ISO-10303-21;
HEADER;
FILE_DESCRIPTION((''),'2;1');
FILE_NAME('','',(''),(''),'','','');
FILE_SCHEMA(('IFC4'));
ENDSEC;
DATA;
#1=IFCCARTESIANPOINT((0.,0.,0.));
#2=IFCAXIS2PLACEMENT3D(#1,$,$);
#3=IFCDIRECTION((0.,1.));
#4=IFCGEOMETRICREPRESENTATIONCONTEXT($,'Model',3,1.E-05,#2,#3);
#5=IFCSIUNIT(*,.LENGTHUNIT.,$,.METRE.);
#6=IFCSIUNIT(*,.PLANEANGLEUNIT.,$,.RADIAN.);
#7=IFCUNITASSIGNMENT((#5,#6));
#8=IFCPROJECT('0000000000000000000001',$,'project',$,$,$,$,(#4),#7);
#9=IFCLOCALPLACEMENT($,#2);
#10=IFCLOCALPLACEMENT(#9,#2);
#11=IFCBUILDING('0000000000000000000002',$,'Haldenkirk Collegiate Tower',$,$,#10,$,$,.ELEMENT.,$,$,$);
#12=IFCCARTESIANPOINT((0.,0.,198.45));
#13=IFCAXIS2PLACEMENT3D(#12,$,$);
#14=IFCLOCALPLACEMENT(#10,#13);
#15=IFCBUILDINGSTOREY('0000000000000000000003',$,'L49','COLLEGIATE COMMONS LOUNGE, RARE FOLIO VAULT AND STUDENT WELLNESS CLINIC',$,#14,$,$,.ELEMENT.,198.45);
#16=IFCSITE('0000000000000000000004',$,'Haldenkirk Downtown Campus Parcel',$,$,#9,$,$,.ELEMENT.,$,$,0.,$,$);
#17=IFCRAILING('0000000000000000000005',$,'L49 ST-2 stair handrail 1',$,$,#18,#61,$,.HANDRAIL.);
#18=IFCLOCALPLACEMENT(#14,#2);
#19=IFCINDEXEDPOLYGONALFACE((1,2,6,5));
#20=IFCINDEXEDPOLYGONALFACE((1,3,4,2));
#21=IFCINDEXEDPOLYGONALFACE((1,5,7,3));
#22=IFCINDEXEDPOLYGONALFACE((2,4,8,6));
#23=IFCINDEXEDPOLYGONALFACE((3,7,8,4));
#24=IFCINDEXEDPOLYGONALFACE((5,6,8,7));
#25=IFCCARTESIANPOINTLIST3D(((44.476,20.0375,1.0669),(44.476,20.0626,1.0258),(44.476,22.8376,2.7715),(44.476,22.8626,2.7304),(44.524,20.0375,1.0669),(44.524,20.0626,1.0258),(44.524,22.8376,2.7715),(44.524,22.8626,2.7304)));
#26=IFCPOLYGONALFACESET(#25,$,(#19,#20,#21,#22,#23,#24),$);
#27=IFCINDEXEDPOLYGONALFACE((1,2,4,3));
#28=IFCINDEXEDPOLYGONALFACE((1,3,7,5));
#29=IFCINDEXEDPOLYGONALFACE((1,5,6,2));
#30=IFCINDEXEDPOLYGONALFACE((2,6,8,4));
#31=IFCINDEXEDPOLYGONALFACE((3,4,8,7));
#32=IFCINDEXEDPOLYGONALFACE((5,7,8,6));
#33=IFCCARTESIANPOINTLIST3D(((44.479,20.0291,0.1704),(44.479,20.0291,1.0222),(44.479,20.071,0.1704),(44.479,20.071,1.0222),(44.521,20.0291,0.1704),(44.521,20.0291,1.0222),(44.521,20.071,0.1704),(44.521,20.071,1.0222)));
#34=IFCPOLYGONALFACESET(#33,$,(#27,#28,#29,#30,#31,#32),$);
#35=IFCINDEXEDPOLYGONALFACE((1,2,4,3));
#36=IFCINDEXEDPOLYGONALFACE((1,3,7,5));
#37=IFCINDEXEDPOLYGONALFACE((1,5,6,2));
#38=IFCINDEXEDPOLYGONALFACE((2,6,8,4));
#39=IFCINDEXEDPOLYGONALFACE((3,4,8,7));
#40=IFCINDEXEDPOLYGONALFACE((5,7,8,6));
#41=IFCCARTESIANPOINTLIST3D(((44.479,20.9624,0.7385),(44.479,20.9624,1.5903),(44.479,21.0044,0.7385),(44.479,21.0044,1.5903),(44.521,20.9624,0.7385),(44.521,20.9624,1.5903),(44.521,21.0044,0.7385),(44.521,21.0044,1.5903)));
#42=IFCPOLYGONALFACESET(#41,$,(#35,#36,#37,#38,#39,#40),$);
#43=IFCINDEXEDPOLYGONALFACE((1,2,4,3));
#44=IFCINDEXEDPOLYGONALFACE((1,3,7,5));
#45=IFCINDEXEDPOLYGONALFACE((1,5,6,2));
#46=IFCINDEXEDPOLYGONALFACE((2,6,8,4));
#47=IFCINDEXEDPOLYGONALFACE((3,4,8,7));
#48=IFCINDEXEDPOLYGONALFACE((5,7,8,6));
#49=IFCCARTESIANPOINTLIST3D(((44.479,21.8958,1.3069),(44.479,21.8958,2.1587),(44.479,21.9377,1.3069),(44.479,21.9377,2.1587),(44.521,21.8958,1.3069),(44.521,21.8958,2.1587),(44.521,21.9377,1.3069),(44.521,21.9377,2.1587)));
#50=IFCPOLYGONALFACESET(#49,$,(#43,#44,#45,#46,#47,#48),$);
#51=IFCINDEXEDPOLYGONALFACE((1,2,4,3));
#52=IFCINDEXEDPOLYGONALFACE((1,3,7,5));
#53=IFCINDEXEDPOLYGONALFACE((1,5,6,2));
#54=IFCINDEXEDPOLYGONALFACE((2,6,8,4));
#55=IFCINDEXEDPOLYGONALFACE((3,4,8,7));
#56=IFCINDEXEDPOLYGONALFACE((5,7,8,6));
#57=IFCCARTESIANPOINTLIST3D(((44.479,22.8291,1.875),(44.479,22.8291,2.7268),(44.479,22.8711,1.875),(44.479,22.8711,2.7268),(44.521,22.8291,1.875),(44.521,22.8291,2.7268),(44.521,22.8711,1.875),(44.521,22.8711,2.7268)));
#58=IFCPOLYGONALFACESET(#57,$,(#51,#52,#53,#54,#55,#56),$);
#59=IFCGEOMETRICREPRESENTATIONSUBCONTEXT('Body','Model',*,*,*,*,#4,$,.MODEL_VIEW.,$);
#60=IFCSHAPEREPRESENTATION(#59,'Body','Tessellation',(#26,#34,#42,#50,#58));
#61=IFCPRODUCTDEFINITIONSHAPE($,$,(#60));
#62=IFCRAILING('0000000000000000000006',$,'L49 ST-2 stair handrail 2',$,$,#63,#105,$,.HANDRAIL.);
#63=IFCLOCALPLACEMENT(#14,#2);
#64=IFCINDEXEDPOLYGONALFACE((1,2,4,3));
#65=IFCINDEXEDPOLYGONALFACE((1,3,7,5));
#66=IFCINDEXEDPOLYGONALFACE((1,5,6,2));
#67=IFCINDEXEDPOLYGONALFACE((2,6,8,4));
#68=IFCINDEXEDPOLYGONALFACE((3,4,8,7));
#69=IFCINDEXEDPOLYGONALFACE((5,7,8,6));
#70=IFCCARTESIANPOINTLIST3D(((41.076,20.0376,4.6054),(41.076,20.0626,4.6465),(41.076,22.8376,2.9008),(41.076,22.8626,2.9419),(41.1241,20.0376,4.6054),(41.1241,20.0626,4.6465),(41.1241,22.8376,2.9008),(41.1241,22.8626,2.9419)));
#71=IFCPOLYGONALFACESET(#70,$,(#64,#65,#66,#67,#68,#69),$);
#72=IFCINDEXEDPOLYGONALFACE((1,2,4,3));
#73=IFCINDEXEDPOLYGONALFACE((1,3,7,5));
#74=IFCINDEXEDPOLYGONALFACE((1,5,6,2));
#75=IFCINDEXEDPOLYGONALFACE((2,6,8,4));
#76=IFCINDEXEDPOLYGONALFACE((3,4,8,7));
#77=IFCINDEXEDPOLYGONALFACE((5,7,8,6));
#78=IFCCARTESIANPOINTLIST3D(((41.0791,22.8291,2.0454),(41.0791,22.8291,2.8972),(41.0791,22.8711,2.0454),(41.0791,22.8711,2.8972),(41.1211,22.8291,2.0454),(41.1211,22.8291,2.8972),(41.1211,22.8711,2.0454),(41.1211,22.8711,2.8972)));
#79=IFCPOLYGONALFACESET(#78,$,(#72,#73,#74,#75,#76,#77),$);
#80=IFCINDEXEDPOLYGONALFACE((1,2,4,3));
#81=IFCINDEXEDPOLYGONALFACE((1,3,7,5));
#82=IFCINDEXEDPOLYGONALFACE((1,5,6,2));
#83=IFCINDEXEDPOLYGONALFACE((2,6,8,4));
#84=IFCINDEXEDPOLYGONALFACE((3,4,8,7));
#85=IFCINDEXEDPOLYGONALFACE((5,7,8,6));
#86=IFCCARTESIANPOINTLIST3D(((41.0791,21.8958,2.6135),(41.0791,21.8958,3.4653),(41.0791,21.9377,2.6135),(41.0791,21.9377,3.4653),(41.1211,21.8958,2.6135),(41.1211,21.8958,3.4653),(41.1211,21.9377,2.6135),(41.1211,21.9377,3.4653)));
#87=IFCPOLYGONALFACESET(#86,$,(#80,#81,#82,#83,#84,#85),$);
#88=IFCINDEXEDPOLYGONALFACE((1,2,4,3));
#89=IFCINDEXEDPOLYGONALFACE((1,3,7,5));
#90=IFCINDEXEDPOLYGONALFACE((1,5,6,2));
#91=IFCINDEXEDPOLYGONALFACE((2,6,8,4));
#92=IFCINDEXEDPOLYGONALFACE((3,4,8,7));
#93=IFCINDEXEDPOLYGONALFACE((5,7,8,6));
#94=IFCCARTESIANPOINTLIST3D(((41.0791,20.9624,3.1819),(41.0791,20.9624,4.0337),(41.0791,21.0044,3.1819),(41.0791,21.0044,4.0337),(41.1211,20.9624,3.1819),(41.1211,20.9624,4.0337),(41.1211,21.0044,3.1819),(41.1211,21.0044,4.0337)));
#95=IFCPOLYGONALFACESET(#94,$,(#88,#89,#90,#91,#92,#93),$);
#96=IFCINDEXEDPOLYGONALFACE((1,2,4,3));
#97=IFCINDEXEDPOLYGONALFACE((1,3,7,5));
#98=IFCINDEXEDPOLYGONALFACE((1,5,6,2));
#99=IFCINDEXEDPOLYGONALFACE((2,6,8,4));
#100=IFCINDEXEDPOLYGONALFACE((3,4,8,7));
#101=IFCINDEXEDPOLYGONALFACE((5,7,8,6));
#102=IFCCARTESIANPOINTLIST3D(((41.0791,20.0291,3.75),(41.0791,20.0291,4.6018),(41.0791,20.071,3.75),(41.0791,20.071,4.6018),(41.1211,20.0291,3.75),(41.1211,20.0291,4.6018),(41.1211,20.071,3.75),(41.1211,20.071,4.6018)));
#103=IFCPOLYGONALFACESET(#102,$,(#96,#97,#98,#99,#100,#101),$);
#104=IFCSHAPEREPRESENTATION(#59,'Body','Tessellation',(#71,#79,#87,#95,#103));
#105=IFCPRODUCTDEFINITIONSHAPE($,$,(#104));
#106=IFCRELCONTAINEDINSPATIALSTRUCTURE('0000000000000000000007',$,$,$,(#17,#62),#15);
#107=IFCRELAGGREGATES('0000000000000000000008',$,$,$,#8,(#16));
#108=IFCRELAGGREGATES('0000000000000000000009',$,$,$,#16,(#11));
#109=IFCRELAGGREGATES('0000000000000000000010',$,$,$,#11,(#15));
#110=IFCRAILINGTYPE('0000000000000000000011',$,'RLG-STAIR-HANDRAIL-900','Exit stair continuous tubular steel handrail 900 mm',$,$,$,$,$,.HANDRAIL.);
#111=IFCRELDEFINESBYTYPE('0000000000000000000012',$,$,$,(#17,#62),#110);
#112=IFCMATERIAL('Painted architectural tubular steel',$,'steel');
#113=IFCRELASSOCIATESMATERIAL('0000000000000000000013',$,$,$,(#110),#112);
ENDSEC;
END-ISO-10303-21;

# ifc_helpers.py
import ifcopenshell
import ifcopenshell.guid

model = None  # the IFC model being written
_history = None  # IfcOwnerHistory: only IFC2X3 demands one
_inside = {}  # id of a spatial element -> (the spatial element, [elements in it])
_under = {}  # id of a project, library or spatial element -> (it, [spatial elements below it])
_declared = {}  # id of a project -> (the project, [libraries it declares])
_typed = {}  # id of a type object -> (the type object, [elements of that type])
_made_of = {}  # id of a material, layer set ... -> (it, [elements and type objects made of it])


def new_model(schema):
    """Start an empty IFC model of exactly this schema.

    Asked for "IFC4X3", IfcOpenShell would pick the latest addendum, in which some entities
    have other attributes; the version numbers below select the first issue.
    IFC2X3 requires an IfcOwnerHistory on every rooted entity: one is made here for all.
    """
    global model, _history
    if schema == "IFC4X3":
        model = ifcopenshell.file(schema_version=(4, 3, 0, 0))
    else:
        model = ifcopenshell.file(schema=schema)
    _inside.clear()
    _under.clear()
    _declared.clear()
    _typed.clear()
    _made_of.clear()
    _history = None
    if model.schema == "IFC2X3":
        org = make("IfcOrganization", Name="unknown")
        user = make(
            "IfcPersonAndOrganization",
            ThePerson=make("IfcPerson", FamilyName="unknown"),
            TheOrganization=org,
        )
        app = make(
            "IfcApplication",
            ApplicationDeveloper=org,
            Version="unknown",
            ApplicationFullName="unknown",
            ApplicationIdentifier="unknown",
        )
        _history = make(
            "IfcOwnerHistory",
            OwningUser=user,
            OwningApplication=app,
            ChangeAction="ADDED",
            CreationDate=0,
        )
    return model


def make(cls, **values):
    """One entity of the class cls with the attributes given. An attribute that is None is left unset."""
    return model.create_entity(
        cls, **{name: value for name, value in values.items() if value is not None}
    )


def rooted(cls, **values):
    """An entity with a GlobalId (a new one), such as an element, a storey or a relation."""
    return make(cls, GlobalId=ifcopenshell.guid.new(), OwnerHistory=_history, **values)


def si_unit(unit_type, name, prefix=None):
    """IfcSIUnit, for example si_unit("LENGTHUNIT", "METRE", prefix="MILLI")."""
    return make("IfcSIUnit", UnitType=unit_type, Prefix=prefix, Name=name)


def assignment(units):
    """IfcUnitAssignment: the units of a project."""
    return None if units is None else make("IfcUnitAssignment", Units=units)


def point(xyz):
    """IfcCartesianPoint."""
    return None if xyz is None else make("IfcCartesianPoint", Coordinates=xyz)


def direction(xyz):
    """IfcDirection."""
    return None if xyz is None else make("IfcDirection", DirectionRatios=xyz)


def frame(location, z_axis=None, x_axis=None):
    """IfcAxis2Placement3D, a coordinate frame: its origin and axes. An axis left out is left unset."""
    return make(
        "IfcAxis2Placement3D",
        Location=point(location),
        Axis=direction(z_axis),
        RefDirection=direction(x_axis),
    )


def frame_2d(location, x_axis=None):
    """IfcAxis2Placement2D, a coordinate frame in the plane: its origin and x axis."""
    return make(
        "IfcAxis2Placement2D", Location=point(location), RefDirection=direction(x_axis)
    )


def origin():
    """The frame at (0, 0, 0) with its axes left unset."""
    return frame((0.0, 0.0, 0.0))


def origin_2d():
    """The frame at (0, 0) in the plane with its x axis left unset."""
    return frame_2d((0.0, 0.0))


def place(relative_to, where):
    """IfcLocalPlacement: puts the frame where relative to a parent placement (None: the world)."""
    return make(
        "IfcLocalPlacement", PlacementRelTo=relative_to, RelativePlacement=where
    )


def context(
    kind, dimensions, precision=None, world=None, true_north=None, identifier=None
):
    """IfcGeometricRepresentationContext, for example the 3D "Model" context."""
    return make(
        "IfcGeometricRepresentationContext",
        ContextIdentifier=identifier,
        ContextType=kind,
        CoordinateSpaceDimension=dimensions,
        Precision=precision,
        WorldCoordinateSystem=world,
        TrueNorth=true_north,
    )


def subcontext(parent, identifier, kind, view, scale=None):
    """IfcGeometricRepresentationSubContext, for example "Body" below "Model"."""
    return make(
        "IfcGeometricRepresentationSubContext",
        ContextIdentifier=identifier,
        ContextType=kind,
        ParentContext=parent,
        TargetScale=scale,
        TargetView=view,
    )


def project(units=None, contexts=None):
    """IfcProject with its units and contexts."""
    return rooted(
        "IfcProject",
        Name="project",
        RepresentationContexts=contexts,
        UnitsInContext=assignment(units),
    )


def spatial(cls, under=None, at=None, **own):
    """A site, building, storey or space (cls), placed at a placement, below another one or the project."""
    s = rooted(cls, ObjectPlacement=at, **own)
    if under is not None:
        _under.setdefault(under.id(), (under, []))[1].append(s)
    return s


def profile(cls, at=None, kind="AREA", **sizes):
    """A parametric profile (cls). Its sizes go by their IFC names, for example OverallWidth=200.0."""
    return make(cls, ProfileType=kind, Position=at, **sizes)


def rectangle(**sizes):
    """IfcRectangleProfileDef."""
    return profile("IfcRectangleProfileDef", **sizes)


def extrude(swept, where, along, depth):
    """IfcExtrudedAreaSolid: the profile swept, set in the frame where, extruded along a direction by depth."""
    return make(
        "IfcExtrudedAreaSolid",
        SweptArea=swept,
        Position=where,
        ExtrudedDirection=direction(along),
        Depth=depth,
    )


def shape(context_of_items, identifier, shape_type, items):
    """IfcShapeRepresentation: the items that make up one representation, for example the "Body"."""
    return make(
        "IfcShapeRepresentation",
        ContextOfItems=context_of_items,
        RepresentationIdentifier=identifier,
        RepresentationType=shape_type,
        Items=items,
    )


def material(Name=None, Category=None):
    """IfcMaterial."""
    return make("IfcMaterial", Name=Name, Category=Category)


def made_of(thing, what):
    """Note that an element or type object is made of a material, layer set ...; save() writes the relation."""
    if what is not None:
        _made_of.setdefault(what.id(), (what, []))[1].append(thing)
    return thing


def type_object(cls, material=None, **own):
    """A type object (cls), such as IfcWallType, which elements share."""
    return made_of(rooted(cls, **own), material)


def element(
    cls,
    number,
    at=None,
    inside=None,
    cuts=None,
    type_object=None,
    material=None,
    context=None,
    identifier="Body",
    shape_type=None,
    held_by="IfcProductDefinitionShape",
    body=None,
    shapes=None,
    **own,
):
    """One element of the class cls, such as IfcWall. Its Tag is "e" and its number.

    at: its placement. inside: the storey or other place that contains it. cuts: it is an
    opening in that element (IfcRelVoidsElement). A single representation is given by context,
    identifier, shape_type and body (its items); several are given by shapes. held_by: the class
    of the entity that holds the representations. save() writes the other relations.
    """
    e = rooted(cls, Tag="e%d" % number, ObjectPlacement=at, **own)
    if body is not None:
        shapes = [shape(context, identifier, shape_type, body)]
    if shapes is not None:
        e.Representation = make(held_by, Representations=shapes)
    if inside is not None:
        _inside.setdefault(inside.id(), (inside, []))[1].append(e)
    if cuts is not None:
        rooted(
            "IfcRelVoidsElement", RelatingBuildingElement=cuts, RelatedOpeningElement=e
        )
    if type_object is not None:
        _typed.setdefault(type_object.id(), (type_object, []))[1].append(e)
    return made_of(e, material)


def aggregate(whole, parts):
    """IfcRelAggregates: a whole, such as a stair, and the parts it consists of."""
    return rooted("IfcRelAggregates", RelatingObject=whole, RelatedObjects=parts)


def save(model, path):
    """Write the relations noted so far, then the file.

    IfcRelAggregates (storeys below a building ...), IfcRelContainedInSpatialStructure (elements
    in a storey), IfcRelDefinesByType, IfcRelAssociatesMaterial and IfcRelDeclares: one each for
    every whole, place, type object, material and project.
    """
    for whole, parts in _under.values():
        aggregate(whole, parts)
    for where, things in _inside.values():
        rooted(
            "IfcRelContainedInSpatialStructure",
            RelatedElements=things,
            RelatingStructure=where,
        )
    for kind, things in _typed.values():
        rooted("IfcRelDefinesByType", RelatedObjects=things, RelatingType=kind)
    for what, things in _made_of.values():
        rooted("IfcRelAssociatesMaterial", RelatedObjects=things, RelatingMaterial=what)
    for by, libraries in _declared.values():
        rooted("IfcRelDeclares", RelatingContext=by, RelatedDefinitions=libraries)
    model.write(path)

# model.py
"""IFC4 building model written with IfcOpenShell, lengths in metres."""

from ifc_helpers import new_model, si_unit, direction, frame, origin, origin_2d, place, context, subcontext, project, spatial, rectangle, extrude, material, type_object, element, save


model = new_model("IFC4")

# Units and contexts
model_context = context("Model", 3, precision=1e-05, world=origin(), true_north=direction((0.0, 1.0)))
body_context = subcontext(model_context, "Body", "Model", "MODEL_VIEW")
ifc_project = project(units=[si_unit("LENGTHUNIT", "METRE"), si_unit("PLANEANGLEUNIT", "RADIAN")], contexts=[model_context])

# Site, building, storey
site_placement = place(None, origin())
site = spatial("IfcSite", under=ifc_project, at=site_placement, Name="Haldenkirk Downtown Campus Parcel", CompositionType="ELEMENT", RefElevation=0.0)
building_placement = place(site_placement, origin())
building = spatial("IfcBuilding", under=site, at=building_placement, Name="Haldenkirk Collegiate Tower", CompositionType="ELEMENT")
storey_placement = place(building_placement, frame((0.0, 0.0, 198.45)))
storey = spatial("IfcBuildingStorey", under=building, at=storey_placement, Name="L49", Description="COLLEGIATE COMMONS LOUNGE, RARE FOLIO VAULT AND STUDENT WELLNESS CLINIC", CompositionType="ELEMENT", Elevation=198.45)

# Railings
ifc_material_1 = material(Name="Painted architectural tubular steel", Category="steel")
railing_type_1 = type_object("IfcRailingType", Name="RLG-STAIR-HANDRAIL-900", Description="Exit stair continuous tubular steel handrail 900 mm", PredefinedType="HANDRAIL", material=ifc_material_1)
railing_1_placement = place(storey_placement, frame((44.5, 20.05, 0.1704)))
element("IfcRailing", 1, at=railing_1_placement, inside=storey, type_object=railing_type_1, Name="L49 ST-2 stair handrail 1", PredefinedType="HANDRAIL", context=body_context, shape_type="SweptSolid", body=[
    extrude(rectangle(XDim=0.0481, YDim=0.0481, at=origin_2d()), frame((0.0, 0.0, 0.876), z_axis=(0.0, 0.85417, 0.519994), x_axis=(-1.0, 0.0, 0.0)), (0.0, 0.0, 1.0), 3.2781),
    extrude(rectangle(XDim=0.042, YDim=0.042, at=origin_2d()), origin(), (0.0, 0.0, 1.0), 0.8518),
    extrude(rectangle(XDim=0.042, YDim=0.042, at=origin_2d()), frame((0.0, 0.9333, 0.5681)), (0.0, 0.0, 1.0), 0.8518),
    extrude(rectangle(XDim=0.042, YDim=0.042, at=origin_2d()), frame((0.0, 1.8667, 1.1365)), (0.0, 0.0, 1.0), 0.8518),
    extrude(rectangle(XDim=0.042, YDim=0.042, at=origin_2d()), frame((0.0, 2.8, 1.7046)), (0.0, 0.0, 1.0), 0.8518),
])
railing_2_placement = place(storey_placement, frame((41.1001, 22.8501, 2.0454)))
element("IfcRailing", 2, at=railing_2_placement, inside=storey, type_object=railing_type_1, Name="L49 ST-2 stair handrail 2", PredefinedType="HANDRAIL", context=body_context, shape_type="SweptSolid", body=[
    extrude(rectangle(XDim=0.0481, YDim=0.0481, at=origin_2d()), frame((0.0, 0.0, 0.876), z_axis=(0.0, -0.85417, 0.519994), x_axis=(1.0, 0.0, 0.0)), (0.0, 0.0, 1.0), 3.2781),
    extrude(rectangle(XDim=0.042, YDim=0.042, at=origin_2d()), origin(), (0.0, 0.0, 1.0), 0.8518),
    extrude(rectangle(XDim=0.042, YDim=0.042, at=origin_2d()), frame((0.0, -0.9333, 0.5681)), (0.0, 0.0, 1.0), 0.8518),
    extrude(rectangle(XDim=0.042, YDim=0.042, at=origin_2d()), frame((0.0, -1.8667, 1.1365)), (0.0, 0.0, 1.0), 0.8518),
    extrude(rectangle(XDim=0.042, YDim=0.042, at=origin_2d()), frame((0.0, -2.8, 1.7046)), (0.0, 0.0, 1.0), 0.8518),
])

save(model, "model.ifc")
